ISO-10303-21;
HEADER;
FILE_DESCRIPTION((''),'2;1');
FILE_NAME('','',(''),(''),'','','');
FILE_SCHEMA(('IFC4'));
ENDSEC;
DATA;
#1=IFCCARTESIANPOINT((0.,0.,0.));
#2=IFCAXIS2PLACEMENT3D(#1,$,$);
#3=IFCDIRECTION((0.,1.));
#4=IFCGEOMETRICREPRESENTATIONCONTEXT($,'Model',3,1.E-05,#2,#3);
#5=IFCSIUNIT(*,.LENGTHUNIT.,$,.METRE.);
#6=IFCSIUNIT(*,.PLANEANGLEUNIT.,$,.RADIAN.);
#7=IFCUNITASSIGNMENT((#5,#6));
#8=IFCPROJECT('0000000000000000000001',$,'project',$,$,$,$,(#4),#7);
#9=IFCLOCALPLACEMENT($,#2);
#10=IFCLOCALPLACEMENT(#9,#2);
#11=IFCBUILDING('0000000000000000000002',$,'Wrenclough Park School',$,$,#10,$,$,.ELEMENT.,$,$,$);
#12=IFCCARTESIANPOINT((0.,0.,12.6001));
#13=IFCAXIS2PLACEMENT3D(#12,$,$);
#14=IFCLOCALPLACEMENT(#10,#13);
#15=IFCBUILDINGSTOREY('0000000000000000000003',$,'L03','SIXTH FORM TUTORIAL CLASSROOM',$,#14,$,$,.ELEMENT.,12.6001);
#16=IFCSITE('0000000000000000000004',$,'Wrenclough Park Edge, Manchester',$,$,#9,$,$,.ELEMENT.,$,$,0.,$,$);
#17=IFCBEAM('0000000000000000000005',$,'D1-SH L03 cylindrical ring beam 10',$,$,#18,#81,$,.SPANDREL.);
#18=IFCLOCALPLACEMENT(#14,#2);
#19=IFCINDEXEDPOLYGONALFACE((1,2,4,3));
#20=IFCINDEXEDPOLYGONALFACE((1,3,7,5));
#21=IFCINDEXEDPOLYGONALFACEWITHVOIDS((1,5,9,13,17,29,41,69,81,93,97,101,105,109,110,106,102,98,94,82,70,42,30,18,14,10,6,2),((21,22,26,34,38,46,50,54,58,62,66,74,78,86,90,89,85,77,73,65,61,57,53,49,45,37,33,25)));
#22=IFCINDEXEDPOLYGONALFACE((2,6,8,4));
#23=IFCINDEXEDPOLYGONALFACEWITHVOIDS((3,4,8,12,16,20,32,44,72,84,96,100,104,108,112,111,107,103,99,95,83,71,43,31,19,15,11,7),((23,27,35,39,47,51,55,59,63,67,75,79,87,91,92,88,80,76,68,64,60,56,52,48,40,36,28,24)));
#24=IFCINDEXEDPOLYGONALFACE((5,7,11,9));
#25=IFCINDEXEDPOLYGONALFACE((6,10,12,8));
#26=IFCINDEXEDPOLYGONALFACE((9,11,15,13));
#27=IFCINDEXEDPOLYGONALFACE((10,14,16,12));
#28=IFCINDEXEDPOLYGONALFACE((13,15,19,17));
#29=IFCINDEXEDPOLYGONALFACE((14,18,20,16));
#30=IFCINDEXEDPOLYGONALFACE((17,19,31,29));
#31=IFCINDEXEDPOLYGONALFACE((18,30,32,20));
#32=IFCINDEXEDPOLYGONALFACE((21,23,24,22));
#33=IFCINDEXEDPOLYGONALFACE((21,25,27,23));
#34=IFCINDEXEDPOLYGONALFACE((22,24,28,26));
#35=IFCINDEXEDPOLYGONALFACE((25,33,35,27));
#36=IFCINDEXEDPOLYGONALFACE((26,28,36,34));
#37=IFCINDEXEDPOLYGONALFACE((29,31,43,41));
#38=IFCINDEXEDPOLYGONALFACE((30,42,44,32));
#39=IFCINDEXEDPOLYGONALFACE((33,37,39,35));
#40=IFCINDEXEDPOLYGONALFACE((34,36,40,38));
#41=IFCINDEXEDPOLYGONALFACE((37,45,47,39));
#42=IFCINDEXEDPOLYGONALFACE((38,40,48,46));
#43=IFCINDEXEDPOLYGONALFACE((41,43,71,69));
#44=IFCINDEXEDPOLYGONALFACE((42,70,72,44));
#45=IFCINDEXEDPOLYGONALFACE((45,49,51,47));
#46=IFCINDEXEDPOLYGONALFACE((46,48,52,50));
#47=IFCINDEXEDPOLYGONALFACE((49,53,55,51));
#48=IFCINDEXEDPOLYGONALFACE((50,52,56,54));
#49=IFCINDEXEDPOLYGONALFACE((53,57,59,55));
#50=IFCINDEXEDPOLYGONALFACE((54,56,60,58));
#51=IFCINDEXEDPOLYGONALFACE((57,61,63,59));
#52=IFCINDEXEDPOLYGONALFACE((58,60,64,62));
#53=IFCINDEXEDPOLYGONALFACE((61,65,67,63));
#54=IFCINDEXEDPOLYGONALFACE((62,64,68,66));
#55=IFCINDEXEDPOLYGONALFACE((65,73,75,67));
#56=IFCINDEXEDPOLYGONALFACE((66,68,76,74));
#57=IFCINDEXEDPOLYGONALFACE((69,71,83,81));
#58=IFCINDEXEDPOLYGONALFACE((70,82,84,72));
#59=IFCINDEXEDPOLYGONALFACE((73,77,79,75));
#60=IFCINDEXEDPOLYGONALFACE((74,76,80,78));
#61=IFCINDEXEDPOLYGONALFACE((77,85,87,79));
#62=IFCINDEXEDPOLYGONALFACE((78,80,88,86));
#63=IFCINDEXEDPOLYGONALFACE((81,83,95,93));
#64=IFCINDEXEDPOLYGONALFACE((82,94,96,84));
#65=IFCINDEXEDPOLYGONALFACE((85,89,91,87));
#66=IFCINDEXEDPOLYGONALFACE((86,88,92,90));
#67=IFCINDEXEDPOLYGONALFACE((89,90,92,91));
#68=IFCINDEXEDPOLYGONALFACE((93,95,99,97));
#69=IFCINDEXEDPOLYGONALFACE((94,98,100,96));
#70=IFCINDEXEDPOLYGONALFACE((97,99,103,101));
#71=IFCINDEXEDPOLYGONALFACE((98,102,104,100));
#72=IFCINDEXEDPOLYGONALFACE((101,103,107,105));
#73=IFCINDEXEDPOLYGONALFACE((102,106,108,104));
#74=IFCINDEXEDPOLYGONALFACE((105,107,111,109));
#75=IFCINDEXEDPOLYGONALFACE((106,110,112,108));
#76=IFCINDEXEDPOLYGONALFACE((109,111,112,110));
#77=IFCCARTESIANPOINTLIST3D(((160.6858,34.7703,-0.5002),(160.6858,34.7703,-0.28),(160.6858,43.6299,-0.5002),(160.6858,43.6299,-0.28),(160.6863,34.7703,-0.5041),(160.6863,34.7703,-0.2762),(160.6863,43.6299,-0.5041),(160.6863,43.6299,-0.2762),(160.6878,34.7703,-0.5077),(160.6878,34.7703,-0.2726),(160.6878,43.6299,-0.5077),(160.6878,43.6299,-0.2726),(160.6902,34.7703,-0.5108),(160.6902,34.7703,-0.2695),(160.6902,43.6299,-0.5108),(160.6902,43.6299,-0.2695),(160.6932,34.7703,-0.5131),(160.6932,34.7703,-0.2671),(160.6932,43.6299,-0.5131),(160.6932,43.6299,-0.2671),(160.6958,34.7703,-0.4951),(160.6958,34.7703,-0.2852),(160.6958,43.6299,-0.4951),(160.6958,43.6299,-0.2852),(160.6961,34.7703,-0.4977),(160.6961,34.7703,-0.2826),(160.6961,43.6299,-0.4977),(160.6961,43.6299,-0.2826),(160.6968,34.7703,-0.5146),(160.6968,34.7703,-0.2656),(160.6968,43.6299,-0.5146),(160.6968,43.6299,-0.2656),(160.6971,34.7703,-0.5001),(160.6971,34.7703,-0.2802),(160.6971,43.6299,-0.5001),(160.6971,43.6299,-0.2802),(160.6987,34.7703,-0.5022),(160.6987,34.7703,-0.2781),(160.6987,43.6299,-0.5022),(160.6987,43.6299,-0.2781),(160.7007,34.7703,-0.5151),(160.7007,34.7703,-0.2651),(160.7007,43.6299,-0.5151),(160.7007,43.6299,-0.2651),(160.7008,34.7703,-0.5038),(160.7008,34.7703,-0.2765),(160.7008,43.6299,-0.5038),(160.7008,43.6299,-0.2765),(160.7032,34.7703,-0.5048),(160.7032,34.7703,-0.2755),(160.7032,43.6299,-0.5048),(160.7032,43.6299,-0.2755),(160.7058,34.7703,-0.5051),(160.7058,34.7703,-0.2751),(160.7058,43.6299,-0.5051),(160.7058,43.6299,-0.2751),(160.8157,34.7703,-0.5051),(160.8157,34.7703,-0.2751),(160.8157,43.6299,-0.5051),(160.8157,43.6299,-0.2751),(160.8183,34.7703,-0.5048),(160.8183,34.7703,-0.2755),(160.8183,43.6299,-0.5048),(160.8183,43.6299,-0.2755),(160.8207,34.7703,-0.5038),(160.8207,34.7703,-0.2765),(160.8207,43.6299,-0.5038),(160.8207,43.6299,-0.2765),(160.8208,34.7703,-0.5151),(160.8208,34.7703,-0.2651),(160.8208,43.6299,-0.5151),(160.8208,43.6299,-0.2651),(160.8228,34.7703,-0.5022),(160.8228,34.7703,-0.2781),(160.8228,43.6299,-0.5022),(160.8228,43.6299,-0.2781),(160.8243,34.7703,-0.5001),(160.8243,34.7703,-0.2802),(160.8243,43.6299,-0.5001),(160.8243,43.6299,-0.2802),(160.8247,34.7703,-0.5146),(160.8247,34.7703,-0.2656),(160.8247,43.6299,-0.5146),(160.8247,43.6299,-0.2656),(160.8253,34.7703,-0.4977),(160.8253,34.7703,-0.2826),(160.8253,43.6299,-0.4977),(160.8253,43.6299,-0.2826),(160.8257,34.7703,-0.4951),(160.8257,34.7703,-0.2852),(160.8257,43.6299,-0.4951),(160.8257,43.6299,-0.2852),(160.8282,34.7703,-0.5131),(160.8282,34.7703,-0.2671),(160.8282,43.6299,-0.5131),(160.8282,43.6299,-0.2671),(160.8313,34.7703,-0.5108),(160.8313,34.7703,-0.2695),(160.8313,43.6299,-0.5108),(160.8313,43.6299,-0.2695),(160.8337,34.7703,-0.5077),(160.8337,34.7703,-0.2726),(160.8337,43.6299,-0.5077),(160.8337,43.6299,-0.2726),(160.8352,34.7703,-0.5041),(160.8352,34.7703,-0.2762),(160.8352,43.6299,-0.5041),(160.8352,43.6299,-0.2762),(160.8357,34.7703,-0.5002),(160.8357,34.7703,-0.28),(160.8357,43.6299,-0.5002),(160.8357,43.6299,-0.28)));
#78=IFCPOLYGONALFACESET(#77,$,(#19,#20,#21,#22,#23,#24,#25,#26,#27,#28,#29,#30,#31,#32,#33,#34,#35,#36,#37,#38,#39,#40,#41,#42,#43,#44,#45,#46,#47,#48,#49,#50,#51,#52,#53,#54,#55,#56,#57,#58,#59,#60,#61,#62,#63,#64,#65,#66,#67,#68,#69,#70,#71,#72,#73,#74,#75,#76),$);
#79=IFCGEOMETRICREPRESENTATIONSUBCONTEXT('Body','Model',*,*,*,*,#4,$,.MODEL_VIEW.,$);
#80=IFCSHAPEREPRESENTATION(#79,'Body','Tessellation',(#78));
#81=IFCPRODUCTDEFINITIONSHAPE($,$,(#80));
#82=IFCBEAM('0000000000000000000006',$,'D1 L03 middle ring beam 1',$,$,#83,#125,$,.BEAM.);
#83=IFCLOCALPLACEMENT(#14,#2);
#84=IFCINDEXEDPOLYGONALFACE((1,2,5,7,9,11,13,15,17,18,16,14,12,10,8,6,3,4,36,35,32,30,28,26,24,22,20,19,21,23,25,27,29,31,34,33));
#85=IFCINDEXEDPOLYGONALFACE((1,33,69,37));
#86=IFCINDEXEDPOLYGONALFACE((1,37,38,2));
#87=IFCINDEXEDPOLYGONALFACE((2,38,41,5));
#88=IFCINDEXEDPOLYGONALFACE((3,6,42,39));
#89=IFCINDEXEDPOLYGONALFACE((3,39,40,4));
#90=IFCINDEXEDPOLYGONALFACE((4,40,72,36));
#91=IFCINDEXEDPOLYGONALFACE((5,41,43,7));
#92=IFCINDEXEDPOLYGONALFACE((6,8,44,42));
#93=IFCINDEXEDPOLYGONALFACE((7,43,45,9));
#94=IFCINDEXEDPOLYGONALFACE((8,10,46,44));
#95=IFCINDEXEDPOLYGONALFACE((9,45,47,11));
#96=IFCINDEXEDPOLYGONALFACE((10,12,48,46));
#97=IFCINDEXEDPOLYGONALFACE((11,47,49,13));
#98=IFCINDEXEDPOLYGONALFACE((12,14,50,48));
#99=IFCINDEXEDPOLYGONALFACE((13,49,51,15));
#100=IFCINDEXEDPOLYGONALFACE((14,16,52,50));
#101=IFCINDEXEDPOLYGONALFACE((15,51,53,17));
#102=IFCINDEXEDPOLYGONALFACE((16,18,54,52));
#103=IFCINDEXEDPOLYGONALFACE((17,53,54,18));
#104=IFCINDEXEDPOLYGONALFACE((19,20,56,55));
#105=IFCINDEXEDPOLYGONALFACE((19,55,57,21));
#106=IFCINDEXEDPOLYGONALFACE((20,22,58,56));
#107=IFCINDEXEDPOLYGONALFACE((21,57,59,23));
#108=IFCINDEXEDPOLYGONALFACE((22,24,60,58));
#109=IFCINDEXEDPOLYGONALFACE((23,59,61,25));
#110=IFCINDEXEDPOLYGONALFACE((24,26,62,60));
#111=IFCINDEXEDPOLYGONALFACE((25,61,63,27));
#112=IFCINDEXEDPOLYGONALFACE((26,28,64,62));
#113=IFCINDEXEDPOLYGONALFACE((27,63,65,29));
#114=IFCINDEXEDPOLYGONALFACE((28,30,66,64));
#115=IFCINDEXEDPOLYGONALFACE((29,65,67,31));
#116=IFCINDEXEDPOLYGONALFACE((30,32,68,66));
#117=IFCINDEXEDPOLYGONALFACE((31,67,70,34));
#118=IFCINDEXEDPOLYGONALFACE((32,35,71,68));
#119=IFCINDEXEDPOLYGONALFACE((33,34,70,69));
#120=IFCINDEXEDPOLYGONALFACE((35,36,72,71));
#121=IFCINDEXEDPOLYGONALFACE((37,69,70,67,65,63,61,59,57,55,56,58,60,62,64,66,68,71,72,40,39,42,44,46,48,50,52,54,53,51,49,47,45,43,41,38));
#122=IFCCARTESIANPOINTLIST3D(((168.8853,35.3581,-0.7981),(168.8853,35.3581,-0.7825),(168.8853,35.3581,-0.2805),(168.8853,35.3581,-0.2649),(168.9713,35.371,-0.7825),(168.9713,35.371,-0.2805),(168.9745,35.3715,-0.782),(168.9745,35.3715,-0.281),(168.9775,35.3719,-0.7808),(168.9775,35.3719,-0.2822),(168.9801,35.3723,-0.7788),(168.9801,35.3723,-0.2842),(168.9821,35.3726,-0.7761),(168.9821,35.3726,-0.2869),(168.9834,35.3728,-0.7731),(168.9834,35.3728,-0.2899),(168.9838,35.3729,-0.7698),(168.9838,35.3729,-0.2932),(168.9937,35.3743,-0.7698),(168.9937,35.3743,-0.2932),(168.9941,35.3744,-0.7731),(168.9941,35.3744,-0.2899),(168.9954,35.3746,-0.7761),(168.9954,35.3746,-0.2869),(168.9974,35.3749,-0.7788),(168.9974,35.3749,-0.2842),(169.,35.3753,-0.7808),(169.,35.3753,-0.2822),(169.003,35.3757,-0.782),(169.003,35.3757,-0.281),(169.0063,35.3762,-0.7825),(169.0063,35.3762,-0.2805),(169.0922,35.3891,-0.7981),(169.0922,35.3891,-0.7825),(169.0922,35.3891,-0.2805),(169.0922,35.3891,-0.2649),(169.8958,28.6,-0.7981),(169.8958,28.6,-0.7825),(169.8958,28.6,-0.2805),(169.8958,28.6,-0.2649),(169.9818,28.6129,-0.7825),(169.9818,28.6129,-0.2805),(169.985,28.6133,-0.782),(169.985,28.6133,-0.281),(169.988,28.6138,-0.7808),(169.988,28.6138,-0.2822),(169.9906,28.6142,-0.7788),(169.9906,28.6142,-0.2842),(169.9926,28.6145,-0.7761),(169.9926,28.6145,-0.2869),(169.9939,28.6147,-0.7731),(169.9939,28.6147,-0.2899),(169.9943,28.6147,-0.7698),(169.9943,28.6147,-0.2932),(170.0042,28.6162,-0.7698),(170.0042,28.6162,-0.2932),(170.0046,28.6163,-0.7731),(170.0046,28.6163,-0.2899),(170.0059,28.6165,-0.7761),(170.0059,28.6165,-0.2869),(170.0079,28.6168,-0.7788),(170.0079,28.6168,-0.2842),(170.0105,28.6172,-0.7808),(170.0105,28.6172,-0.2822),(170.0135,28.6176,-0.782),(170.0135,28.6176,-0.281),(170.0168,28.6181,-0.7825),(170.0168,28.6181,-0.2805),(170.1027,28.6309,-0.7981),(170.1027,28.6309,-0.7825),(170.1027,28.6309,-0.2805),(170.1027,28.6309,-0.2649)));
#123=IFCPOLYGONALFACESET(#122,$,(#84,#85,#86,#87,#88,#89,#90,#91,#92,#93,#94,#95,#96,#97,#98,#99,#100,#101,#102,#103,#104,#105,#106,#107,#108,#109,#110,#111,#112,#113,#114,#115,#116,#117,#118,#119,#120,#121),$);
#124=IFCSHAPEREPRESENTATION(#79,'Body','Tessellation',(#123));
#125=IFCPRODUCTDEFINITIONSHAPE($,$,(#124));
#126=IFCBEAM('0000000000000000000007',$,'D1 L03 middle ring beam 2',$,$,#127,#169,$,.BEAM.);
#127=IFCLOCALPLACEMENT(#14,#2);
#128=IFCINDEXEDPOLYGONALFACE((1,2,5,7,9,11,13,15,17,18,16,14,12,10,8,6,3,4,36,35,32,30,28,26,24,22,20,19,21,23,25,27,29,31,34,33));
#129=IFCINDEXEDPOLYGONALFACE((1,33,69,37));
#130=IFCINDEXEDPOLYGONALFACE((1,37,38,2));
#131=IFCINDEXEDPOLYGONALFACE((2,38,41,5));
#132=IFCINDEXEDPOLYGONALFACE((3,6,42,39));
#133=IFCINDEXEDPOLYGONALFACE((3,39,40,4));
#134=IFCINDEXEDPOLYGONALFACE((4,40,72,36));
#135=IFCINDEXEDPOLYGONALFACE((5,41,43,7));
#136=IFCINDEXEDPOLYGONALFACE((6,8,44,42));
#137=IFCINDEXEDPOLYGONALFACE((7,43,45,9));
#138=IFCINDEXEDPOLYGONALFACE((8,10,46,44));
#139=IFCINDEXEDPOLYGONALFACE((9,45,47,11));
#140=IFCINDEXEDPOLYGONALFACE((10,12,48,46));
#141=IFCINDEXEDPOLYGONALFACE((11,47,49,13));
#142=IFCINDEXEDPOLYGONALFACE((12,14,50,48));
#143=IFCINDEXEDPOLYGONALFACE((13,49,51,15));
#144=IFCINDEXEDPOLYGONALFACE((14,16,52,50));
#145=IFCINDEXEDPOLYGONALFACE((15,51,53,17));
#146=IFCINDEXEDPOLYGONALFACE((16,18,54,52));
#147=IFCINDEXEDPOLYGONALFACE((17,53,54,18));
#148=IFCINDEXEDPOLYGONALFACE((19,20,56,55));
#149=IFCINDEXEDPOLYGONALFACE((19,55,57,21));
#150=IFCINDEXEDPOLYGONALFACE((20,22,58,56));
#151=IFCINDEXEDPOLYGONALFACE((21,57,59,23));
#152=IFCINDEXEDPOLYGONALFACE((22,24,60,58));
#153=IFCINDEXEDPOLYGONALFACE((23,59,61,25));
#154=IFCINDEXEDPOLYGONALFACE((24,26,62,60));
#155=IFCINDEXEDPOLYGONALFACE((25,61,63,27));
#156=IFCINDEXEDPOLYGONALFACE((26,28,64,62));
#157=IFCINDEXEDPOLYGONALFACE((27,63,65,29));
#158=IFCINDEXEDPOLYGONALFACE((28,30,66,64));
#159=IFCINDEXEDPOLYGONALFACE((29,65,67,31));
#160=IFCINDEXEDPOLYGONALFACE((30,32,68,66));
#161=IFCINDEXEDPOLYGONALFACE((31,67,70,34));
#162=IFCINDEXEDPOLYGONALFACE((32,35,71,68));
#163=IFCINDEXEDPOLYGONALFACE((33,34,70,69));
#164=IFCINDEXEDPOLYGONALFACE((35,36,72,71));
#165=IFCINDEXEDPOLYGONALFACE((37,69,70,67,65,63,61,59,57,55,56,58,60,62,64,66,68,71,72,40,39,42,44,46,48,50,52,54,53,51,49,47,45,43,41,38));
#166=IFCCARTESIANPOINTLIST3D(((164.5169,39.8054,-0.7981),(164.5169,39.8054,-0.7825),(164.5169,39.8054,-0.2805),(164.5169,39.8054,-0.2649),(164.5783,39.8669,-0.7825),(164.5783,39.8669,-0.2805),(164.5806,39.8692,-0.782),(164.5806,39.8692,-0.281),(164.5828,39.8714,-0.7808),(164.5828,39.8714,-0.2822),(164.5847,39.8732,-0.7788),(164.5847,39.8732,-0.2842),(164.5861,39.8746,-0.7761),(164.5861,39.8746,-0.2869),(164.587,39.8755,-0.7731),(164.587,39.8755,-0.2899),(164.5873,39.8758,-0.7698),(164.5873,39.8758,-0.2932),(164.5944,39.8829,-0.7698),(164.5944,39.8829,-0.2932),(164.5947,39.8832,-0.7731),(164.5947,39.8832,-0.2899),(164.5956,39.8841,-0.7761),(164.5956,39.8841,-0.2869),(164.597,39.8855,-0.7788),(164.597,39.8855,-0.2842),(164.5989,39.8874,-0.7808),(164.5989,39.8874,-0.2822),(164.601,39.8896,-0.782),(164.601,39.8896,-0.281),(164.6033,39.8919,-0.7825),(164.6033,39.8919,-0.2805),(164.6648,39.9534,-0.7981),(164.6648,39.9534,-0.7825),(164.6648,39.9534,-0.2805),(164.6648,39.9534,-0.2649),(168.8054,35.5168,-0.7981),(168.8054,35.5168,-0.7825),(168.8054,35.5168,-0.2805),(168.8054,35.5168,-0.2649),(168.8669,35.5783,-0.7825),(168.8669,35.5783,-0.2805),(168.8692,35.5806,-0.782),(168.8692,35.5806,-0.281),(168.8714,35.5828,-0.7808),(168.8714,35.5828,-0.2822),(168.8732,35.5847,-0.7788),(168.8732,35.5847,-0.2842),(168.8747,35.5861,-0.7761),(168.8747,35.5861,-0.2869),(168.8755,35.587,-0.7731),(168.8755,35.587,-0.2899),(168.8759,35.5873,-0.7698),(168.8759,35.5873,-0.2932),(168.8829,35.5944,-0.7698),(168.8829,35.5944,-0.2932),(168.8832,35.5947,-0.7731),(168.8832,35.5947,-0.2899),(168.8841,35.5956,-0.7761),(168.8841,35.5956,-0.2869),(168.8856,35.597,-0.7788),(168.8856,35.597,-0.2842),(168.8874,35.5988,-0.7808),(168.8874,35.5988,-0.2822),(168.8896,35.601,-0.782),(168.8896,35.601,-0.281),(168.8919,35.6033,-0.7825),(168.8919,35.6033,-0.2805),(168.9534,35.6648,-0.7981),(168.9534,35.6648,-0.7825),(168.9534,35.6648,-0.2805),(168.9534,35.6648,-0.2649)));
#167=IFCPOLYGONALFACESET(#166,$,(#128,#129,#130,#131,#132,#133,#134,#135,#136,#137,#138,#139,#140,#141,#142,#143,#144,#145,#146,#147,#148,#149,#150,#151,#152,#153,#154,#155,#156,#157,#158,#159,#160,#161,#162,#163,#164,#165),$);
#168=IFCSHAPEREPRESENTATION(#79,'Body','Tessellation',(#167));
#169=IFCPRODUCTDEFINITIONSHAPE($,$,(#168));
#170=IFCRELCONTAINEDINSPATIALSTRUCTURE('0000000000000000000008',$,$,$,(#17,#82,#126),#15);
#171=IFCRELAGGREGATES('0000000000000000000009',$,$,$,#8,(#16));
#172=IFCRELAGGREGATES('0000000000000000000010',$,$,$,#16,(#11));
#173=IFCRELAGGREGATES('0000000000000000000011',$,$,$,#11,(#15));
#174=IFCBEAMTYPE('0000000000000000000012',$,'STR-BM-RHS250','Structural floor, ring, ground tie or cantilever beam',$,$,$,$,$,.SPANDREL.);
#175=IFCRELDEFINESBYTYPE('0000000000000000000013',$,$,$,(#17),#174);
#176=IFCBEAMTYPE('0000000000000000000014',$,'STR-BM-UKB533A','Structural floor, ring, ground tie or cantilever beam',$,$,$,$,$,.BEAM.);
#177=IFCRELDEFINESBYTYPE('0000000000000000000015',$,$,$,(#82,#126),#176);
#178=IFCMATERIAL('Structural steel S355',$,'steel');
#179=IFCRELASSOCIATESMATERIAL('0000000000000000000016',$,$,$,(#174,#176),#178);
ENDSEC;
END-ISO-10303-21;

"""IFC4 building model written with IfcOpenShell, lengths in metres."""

from ifc_helpers import new_model, si_unit, direction, frame, origin, origin_2d, place, context, subcontext, project, spatial, hollow_rectangle, i_section, extrude, material, material_profile, profile_set, type_object, element, save


model = new_model("IFC4")

# Units and contexts
model_context = context("Model", 3, precision=1e-05, world=origin(), true_north=direction((0.0, 1.0)))
body_context = subcontext(model_context, "Body", "Model", "MODEL_VIEW")
ifc_project = project(units=[si_unit("LENGTHUNIT", "METRE"), si_unit("PLANEANGLEUNIT", "RADIAN")], contexts=[model_context])

# Site, building, storey
site_placement = place(None, origin())
site = spatial("IfcSite", under=ifc_project, at=site_placement, Name="Wrenclough Park Edge, Manchester", CompositionType="ELEMENT", RefElevation=0.0)
building_placement = place(site_placement, origin())
building = spatial("IfcBuilding", under=site, at=building_placement, Name="Wrenclough Park School", CompositionType="ELEMENT")
storey_placement = place(building_placement, frame((0.0, 0.0, 12.6001)))
storey = spatial("IfcBuildingStorey", under=building, at=storey_placement, Name="L03", Description="SIXTH FORM TUTORIAL CLASSROOM", CompositionType="ELEMENT", Elevation=12.6001)

# Shared definitions
ifc_material_1 = material(Name="Structural steel S355", Category="steel")

# Beams
ifc_material_profile_1 = material_profile(ifc_material_1, hollow_rectangle(XDim=0.1499, YDim=0.25, WallThickness=0.01, InnerFilletRadius=0.01, OuterFilletRadius=0.0149, at=origin_2d()), Name="RHS 250x150x10.0")
ifc_profile_set_1 = profile_set([ifc_material_profile_1], Name="Structural steel S355")
beam_type_1 = type_object("IfcBeamType", Name="STR-BM-RHS250", Description="Structural floor, ring, ground tie or cantilever beam", PredefinedType="SPANDREL", material=ifc_profile_set_1)
beam_1_placement = place(storey_placement, frame((160.7607, 34.7703, -0.3901), z_axis=(0.0, 1.0, 0.0), x_axis=(-1.0, 0.0, 0.0)))
element("IfcBeam", 1, at=beam_1_placement, inside=storey, type_object=beam_type_1, Name="D1-SH L03 cylindrical ring beam 10", PredefinedType="SPANDREL", context=body_context, shape_type="SweptSolid", body=[
    extrude(hollow_rectangle(XDim=0.1499, YDim=0.25, WallThickness=0.01, InnerFilletRadius=0.01, OuterFilletRadius=0.0149, at=origin_2d()), origin(), (0.0, 0.0, 1.0), 8.8596),
])
ifc_material_profile_2 = material_profile(ifc_material_1, i_section(OverallWidth=0.2092, OverallDepth=0.5332, WebThickness=0.01, FlangeThickness=0.0156, FilletRadius=0.0127, at=origin_2d()), Name="UKB 533x210x92")
ifc_profile_set_2 = profile_set([ifc_material_profile_2], Name="Structural steel S355")
beam_type_2 = type_object("IfcBeamType", Name="STR-BM-UKB533A", Description="Structural floor, ring, ground tie or cantilever beam", PredefinedType="BEAM", material=ifc_profile_set_2)
beam_2_placement = place(storey_placement, frame((169.9993, 28.6155, -0.5315), z_axis=(-0.147881, 0.989005, 0.0), x_axis=(-0.989005, -0.147881, 0.0)))
element("IfcBeam", 2, at=beam_2_placement, inside=storey, type_object=beam_type_2, Name="D1 L03 middle ring beam 1", PredefinedType="BEAM", context=body_context, shape_type="SweptSolid", body=[
    extrude(i_section(OverallWidth=0.2092, OverallDepth=0.5332, WebThickness=0.01, FlangeThickness=0.0156, FilletRadius=0.0127, at=origin_2d()), origin(), (0.0, 0.0, 1.0), 6.8333),
])
beam_3_placement = place(storey_placement, frame((168.8794, 35.5908, -0.5315), z_axis=(-0.707107, 0.707107, 0.0), x_axis=(-0.707107, -0.707107, 0.0)))
element("IfcBeam", 3, at=beam_3_placement, inside=storey, type_object=beam_type_2, Name="D1 L03 middle ring beam 2", PredefinedType="BEAM", context=body_context, shape_type="SweptSolid", body=[
    extrude(i_section(OverallWidth=0.2092, OverallDepth=0.5332, WebThickness=0.01, FlangeThickness=0.0156, FilletRadius=0.0127, at=origin_2d()), origin(), (0.0, 0.0, 1.0), 6.0649),
])

save(model, "model.ifc")
